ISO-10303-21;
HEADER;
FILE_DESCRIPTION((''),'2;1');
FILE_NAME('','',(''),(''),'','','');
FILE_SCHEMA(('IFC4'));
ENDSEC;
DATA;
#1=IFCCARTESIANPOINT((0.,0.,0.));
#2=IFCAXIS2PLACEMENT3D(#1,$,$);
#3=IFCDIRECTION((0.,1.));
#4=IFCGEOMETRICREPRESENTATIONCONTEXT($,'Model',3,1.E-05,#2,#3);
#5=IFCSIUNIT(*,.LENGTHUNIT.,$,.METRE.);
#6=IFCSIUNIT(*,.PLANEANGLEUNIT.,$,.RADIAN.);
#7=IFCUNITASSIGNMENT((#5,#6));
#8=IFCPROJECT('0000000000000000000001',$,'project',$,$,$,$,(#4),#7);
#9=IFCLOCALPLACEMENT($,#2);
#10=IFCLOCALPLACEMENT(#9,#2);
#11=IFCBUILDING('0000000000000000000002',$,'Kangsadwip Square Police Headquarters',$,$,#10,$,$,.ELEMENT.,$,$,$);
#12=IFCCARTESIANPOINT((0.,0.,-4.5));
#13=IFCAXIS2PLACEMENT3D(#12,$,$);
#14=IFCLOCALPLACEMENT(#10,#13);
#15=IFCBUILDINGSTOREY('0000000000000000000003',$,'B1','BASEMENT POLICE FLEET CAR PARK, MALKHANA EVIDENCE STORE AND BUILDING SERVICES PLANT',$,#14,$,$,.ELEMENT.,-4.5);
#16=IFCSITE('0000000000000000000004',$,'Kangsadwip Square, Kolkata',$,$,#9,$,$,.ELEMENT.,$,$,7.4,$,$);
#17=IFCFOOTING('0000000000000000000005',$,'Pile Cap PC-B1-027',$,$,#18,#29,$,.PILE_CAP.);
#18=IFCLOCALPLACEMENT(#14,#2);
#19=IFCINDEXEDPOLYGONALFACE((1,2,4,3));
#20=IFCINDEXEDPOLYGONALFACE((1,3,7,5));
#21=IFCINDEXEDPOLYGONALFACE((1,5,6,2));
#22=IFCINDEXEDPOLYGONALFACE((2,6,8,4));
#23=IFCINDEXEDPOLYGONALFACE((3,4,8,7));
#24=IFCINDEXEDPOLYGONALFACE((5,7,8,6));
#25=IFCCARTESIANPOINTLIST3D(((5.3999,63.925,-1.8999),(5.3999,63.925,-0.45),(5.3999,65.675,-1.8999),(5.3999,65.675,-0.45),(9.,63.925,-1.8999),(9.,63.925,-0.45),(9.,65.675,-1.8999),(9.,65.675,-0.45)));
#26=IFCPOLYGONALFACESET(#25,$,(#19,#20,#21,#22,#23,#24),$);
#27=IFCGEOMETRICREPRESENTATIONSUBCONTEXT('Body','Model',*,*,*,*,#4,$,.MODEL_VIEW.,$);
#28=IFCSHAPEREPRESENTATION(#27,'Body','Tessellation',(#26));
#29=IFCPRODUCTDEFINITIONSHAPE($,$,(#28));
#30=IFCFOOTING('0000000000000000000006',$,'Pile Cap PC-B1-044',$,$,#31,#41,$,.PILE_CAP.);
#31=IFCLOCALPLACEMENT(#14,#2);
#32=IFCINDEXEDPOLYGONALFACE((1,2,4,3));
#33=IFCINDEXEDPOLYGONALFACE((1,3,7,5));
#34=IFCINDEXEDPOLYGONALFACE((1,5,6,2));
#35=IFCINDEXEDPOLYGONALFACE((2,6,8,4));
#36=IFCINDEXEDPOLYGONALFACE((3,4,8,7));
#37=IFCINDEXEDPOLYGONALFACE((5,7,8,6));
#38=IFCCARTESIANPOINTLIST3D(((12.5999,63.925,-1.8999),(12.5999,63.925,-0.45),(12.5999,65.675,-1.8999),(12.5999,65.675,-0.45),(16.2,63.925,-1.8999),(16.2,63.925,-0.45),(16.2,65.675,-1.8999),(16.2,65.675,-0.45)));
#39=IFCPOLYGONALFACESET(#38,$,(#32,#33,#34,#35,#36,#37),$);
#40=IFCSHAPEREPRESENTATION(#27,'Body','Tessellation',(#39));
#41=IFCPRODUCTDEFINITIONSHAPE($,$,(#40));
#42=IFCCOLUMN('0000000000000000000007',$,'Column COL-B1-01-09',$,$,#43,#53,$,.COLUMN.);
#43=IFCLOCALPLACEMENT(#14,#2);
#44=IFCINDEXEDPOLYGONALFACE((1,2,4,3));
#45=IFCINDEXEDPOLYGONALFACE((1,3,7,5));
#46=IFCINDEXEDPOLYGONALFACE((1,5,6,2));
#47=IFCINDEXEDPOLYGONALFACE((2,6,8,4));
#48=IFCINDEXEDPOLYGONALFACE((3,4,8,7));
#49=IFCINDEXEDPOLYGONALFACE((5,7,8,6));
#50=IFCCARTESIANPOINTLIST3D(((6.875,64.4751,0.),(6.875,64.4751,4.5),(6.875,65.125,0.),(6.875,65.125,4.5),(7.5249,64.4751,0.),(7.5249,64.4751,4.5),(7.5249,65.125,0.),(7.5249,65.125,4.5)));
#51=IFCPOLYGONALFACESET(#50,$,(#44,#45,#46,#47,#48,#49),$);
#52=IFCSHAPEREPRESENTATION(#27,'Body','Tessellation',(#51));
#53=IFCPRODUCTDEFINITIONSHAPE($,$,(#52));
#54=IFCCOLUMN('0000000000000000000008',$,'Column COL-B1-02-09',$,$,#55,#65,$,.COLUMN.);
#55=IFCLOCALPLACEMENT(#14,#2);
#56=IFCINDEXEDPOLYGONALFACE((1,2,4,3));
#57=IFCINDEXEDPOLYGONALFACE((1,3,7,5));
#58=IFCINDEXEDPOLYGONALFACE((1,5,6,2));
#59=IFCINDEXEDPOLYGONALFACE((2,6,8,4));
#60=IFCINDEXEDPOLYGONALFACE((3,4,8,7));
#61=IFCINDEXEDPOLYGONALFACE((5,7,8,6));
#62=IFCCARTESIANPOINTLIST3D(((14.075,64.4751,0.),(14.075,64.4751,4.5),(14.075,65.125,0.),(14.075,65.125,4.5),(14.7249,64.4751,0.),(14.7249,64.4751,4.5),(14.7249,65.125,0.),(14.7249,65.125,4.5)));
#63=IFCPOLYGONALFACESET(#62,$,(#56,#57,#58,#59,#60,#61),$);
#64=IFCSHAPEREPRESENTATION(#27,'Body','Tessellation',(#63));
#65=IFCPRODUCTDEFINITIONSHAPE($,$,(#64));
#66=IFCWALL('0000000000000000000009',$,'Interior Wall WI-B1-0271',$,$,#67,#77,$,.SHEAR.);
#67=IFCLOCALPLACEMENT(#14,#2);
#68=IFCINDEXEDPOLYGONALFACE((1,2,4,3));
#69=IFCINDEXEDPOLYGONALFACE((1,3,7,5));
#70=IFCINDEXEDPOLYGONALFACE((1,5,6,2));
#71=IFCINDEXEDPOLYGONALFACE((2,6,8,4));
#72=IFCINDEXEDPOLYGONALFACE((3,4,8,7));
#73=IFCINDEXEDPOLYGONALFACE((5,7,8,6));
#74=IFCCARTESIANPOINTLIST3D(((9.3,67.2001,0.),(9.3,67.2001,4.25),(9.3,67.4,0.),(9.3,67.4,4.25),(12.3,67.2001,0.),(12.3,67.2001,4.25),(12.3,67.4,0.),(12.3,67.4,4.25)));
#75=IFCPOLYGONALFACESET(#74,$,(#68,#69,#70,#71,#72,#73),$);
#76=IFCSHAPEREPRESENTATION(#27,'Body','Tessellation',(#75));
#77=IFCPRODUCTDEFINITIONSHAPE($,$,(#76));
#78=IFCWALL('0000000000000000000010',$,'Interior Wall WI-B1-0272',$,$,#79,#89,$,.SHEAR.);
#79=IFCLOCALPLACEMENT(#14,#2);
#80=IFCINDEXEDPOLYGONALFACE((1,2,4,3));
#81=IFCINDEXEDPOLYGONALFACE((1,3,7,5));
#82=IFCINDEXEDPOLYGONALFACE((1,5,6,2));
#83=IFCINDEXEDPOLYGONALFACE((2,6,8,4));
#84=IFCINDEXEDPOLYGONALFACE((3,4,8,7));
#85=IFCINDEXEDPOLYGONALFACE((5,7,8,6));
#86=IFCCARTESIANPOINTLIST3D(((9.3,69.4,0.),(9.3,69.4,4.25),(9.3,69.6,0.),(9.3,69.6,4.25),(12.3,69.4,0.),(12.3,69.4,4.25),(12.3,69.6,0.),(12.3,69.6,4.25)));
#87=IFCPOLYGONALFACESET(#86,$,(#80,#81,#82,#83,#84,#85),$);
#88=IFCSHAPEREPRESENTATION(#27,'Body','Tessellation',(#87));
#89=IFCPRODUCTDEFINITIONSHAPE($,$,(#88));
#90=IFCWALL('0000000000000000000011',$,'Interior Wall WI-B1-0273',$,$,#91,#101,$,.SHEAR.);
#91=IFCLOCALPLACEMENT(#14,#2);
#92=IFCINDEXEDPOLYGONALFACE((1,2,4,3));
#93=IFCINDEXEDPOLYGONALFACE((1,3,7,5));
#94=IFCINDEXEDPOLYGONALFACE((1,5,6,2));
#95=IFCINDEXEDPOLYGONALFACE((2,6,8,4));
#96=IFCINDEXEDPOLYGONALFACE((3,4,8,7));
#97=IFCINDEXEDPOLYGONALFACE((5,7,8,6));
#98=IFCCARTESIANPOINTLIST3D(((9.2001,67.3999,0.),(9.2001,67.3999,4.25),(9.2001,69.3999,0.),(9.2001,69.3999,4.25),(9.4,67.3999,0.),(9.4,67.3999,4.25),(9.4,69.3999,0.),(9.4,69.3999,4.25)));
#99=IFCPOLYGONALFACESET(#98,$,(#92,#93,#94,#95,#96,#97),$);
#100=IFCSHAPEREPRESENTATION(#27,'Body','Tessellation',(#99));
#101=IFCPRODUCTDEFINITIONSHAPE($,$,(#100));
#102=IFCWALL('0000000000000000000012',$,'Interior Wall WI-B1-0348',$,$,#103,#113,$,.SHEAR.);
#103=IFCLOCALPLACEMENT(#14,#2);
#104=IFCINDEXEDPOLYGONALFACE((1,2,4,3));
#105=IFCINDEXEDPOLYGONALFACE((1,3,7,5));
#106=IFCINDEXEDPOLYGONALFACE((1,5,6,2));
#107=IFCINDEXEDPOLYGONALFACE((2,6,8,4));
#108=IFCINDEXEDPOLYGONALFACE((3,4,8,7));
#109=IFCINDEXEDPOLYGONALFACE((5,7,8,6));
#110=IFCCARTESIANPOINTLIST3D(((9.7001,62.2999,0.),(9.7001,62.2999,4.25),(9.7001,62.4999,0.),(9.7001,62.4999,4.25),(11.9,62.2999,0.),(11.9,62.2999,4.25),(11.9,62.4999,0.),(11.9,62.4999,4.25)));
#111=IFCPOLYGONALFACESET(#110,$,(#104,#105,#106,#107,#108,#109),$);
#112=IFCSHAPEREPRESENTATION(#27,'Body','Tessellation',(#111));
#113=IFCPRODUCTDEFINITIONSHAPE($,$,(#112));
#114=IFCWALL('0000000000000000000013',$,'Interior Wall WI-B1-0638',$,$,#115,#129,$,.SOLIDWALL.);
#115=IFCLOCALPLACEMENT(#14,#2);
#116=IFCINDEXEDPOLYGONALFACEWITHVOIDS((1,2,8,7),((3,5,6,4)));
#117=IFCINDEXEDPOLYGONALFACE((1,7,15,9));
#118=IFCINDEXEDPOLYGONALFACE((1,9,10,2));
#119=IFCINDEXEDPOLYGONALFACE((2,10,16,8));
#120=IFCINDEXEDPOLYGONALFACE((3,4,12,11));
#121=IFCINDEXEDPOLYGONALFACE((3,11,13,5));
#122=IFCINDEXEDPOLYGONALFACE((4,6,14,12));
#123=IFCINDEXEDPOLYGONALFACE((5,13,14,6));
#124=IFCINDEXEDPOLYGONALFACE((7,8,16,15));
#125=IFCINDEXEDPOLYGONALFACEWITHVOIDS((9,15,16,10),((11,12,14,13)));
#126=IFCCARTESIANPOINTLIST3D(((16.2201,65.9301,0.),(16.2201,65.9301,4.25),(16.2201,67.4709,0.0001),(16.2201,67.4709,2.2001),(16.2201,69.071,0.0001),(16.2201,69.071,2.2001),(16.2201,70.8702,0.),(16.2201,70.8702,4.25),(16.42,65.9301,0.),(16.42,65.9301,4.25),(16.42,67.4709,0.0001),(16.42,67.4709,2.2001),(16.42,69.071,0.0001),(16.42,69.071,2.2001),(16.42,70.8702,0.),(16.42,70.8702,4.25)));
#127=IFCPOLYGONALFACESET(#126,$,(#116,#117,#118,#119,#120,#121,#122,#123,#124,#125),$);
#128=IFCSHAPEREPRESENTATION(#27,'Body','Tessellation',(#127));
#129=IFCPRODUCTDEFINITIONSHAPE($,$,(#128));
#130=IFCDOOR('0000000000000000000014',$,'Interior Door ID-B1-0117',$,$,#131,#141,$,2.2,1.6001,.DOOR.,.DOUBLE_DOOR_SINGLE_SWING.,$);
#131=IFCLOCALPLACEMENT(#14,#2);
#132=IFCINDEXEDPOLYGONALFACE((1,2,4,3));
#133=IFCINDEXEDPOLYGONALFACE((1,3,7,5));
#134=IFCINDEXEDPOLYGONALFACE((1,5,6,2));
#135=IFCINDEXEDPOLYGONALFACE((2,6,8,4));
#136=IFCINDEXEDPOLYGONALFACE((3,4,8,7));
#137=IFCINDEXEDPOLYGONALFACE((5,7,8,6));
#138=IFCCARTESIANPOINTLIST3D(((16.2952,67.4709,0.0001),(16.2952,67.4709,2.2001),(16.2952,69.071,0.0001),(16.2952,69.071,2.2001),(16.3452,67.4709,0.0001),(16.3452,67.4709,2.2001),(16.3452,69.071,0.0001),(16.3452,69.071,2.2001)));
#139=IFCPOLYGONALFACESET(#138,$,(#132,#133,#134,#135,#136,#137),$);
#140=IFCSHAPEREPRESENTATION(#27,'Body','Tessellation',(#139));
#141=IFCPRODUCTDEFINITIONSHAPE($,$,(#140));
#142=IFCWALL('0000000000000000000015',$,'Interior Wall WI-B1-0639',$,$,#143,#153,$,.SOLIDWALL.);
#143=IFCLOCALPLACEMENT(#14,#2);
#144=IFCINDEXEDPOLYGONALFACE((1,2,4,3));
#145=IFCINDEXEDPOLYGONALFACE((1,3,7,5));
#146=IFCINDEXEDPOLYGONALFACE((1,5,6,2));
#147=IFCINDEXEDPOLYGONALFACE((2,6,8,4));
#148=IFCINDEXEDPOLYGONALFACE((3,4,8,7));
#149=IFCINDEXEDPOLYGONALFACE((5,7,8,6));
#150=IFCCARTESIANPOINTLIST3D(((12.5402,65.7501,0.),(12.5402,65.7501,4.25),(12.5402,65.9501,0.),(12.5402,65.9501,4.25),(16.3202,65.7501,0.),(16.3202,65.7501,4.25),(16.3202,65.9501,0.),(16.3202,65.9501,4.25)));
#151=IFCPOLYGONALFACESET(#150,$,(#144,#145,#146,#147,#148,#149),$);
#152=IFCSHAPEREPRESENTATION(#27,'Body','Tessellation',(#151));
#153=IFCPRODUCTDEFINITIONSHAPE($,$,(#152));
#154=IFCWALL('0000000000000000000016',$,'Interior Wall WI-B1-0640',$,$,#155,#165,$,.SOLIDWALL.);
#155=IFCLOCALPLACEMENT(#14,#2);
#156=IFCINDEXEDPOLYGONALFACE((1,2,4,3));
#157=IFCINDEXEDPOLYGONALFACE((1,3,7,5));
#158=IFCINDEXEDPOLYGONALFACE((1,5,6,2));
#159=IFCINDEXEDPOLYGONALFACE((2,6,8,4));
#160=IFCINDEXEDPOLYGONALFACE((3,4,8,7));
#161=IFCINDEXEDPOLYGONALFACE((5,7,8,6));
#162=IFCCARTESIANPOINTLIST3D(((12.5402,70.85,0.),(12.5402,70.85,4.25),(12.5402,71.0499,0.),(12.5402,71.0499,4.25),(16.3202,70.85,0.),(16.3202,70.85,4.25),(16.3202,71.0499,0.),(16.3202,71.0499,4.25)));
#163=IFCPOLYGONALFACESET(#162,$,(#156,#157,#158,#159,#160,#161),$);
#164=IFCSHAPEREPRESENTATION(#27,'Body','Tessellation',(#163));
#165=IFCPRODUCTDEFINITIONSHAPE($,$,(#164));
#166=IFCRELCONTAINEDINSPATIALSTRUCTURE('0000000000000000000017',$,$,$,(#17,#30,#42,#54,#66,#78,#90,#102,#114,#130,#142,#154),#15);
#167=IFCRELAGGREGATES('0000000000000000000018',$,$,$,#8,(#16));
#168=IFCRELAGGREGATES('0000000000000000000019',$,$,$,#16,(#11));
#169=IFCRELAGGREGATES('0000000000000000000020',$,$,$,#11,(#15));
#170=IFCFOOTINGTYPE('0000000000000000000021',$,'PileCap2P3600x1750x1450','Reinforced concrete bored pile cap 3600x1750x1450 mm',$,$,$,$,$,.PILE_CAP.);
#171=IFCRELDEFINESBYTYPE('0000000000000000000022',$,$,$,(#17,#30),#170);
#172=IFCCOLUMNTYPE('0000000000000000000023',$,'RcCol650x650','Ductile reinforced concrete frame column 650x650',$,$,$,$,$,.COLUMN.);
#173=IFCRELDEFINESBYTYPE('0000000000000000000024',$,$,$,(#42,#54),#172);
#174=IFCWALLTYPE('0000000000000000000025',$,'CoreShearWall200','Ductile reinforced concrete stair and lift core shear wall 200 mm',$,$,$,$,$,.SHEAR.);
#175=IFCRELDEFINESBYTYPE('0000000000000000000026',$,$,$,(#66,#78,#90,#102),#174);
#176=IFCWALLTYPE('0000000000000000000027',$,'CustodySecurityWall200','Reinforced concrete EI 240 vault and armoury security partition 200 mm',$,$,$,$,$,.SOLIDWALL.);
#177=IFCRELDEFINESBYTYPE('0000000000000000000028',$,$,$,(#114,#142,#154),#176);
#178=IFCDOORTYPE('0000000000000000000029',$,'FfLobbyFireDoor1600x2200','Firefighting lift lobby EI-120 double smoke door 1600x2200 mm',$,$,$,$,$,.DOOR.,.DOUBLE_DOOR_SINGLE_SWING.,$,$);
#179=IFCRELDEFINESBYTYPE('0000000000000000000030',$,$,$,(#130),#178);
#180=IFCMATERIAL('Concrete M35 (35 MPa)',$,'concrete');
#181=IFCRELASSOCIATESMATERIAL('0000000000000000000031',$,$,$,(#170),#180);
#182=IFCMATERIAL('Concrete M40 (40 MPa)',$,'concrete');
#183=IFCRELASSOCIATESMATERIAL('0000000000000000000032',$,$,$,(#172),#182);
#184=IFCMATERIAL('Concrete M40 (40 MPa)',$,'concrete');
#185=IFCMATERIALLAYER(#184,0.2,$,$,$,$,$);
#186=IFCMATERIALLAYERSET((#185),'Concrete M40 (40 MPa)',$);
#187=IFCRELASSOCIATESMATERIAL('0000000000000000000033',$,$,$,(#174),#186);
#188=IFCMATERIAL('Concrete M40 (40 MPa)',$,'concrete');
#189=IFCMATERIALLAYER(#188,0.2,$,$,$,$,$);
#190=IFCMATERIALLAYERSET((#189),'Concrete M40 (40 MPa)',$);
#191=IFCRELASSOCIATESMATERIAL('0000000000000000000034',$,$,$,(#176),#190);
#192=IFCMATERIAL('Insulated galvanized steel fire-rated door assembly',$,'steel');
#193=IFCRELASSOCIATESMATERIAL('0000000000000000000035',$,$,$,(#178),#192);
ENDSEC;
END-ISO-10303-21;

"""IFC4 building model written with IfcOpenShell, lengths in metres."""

from ifc_helpers import new_model, si_unit, direction, frame, frame_2d, origin, origin_2d, place, context, subcontext, project, spatial, rectangle, extrude, material, layer, layer_set, material_profile, profile_set, type_object, element, fill, save


model = new_model("IFC4")

# Units and contexts
model_context = context("Model", 3, precision=1e-05, world=origin(), true_north=direction((0.0, 1.0)))
body_context = subcontext(model_context, "Body", "Model", "MODEL_VIEW")
ifc_project = project(units=[si_unit("LENGTHUNIT", "METRE"), si_unit("PLANEANGLEUNIT", "RADIAN")], contexts=[model_context])

# Site, building, storey
site_placement = place(None, origin())
site = spatial("IfcSite", under=ifc_project, at=site_placement, Name="Kangsadwip Square, Kolkata", CompositionType="ELEMENT", RefElevation=7.4)
building_placement = place(site_placement, origin())
building = spatial("IfcBuilding", under=site, at=building_placement, Name="Kangsadwip Square Police Headquarters", CompositionType="ELEMENT")
storey_placement = place(building_placement, frame((0.0, 0.0, -4.5)))
storey = spatial("IfcBuildingStorey", under=building, at=storey_placement, Name="B1", Description="BASEMENT POLICE FLEET CAR PARK, MALKHANA EVIDENCE STORE AND BUILDING SERVICES PLANT", CompositionType="ELEMENT", Elevation=-4.5)

# Footings
ifc_material_1 = material(Name="Concrete M35 (35 MPa)", Category="concrete")
footing_type = type_object("IfcFootingType", Name="PileCap2P3600x1750x1450", Description="Reinforced concrete bored pile cap 3600x1750x1450 mm", PredefinedType="PILE_CAP", material=ifc_material_1)
for number, where, z_axis, x_axis, name in (
    (1, (7.2, 64.8, -1.8999), (0.0, 0.0, 1.0), (1.0, 0.0, 0.0), "Pile Cap PC-B1-027"),
    (2, (14.3999, 64.8, -1.8999), (0.0, 0.0, 1.0), (1.0, 0.0, 0.0), "Pile Cap PC-B1-044"),
):
    element("IfcFooting", number, at=place(storey_placement, frame(where, z_axis=z_axis, x_axis=x_axis)), inside=storey, type_object=footing_type, Name=name, PredefinedType="PILE_CAP", context=body_context, shape_type="SweptSolid", body=[
        extrude(rectangle(XDim=3.6001, YDim=1.75, at=origin_2d()), origin(), (0.0, 0.0, 1.0), 1.45),
    ])

# Columns
ifc_material_2 = material(Name="Concrete M40 (40 MPa)", Category="concrete")
ifc_material_profile_1 = material_profile(ifc_material_2, rectangle(XDim=0.6499, YDim=0.6499, at=origin_2d()), Name="RC COL 650X650")
ifc_profile_set_1 = profile_set([ifc_material_profile_1], Name="Concrete M40 (40 MPa)")
column_type = type_object("IfcColumnType", Name="RcCol650x650", Description="Ductile reinforced concrete frame column 650x650", PredefinedType="COLUMN", material=ifc_profile_set_1)
for number, where, z_axis, x_axis, name in (
    (3, (7.2, 64.8, 0.0), (0.0, 0.0, 1.0), (1.0, 0.0, 0.0), "Column COL-B1-01-09"),
    (4, (14.3999, 64.8, 0.0), (0.0, 0.0, 1.0), (1.0, 0.0, 0.0), "Column COL-B1-02-09"),
):
    element("IfcColumn", number, at=place(storey_placement, frame(where, z_axis=z_axis, x_axis=x_axis)), inside=storey, type_object=column_type, Name=name, PredefinedType="COLUMN", context=body_context, shape_type="SweptSolid", body=[
        extrude(rectangle(XDim=0.6499, YDim=0.6499, at=origin_2d()), origin(), (0.0, 0.0, 1.0), 4.5),
    ])

# Walls
ifc_material_3 = material(Name="Concrete M40 (40 MPa)", Category="concrete")
ifc_layer_1 = layer(ifc_material_3, 0.2)
ifc_layer_set_1 = layer_set([ifc_layer_1], Name="Concrete M40 (40 MPa)")
wall_type_1 = type_object("IfcWallType", Name="CoreShearWall200", Description="Ductile reinforced concrete stair and lift core shear wall 200 mm", PredefinedType="SHEAR", material=ifc_layer_set_1)
for number, where, z_axis, x_axis, name in (
    (5, (9.3, 67.3, 0.0), (0.0, 0.0, 1.0), (1.0, 0.0, 0.0), "Interior Wall WI-B1-0271"),
    (6, (9.3, 69.5, 0.0), (0.0, 0.0, 1.0), (1.0, 0.0, 0.0), "Interior Wall WI-B1-0272"),
):
    element("IfcWall", number, at=place(storey_placement, frame(where, z_axis=z_axis, x_axis=x_axis)), inside=storey, type_object=wall_type_1, Name=name, PredefinedType="SHEAR", context=body_context, shape_type="SweptSolid", body=[
        extrude(rectangle(XDim=3.0, YDim=0.2, at=frame_2d((1.5, 0.0))), origin(), (0.0, 0.0, 1.0), 4.25),
    ])
wall_1_placement = place(storey_placement, frame((9.3, 67.3999, 0.0), z_axis=(0.0, 0.0, 1.0), x_axis=(0.0, 1.0, 0.0)))
element("IfcWall", 7, at=wall_1_placement, inside=storey, type_object=wall_type_1, Name="Interior Wall WI-B1-0273", PredefinedType="SHEAR", context=body_context, shape_type="SweptSolid", body=[
    extrude(rectangle(XDim=2.0, YDim=0.2, at=frame_2d((1.0, 0.0))), origin(), (0.0, 0.0, 1.0), 4.25),
])

# Wall
wall_2_placement = place(storey_placement, frame((9.7, 62.3999, 0.0), z_axis=(0.0, 0.0, 1.0), x_axis=(1.0, 0.0, 0.0)))
element("IfcWall", 8, at=wall_2_placement, inside=storey, type_object=wall_type_1, Name="Interior Wall WI-B1-0348", PredefinedType="SHEAR", context=body_context, shape_type="SweptSolid", body=[
    extrude(rectangle(XDim=2.2, YDim=0.2, at=frame_2d((1.1001, 0.0))), origin(), (0.0, 0.0, 1.0), 4.25),
])

# Wall, opening, door
ifc_material_4 = material(Name="Concrete M40 (40 MPa)", Category="concrete")
ifc_layer_2 = layer(ifc_material_4, 0.2)
ifc_layer_set_2 = layer_set([ifc_layer_2], Name="Concrete M40 (40 MPa)")
wall_type_2 = type_object("IfcWallType", Name="CustodySecurityWall200", Description="Reinforced concrete EI 240 vault and armoury security partition 200 mm", PredefinedType="SOLIDWALL", material=ifc_layer_set_2)
wall_3_placement = place(storey_placement, frame((16.3201, 65.9299, 0.0), z_axis=(0.0, 0.0, 1.0), x_axis=(0.0, 1.0, 0.0)))
wall_3 = element("IfcWall", 9, at=wall_3_placement, inside=storey, type_object=wall_type_2, Name="Interior Wall WI-B1-0638", PredefinedType="SOLIDWALL", context=body_context, shape_type="SweptSolid", body=[
    extrude(rectangle(XDim=4.9402, YDim=0.2, at=frame_2d((2.4702, 0.0))), origin(), (0.0, 0.0, 1.0), 4.25),
])
opening_1_placement = place(wall_3_placement, frame((1.541, 0.0, 0.0)))
opening_1 = element("IfcOpeningElement", 10, at=opening_1_placement, cuts=wall_3, PredefinedType="OPENING", context=body_context, shape_type="SweptSolid", body=[
    extrude(rectangle(XDim=1.6001, YDim=2.2, at=frame_2d((0.8, 1.1001))), frame((0.0, 0.1099, 0.0), z_axis=(0.0, -1.0, 0.0), x_axis=(1.0, 0.0, 0.0)), (0.0, 0.0, 1.0), 0.22),
])
ifc_material_5 = material(Name="Insulated galvanized steel fire-rated door assembly", Category="steel")
door_type_1 = type_object("IfcDoorType", Name="FfLobbyFireDoor1600x2200", Description="Firefighting lift lobby EI-120 double smoke door 1600x2200 mm", OperationType="DOUBLE_DOOR_SINGLE_SWING", PredefinedType="DOOR", material=ifc_material_5)
door_1_placement = place(opening_1_placement, origin())
door_1 = element("IfcDoor", 11, at=door_1_placement, inside=storey, type_object=door_type_1, Name="Interior Door ID-B1-0117", OperationType="DOUBLE_DOOR_SINGLE_SWING", OverallHeight=2.2, OverallWidth=1.6001, PredefinedType="DOOR", context=body_context, shape_type="SweptSolid", body=[
    extrude(rectangle(XDim=1.6001, YDim=2.2, at=frame_2d((0.8, 1.1001))), frame((0.0, 0.0249, 0.0), z_axis=(0.0, -1.0, 0.0), x_axis=(1.0, 0.0, 0.0)), (0.0, 0.0, 1.0), 0.05),
])
fill(opening_1, door_1)

# Walls
for number, where, z_axis, x_axis, name in (
    (12, (12.54, 65.8501, 0.0), (0.0, 0.0, 1.0), (1.0, 0.0, 0.0), "Interior Wall WI-B1-0639"),
    (13, (12.54, 70.95, 0.0), (0.0, 0.0, 1.0), (1.0, 0.0, 0.0), "Interior Wall WI-B1-0640"),
):
    element("IfcWall", number, at=place(storey_placement, frame(where, z_axis=z_axis, x_axis=x_axis)), inside=storey, type_object=wall_type_2, Name=name, PredefinedType="SOLIDWALL", context=body_context, shape_type="SweptSolid", body=[
        extrude(rectangle(XDim=3.78, YDim=0.2, at=frame_2d((1.8901, 0.0))), origin(), (0.0, 0.0, 1.0), 4.25),
    ])

save(model, "model.ifc")
